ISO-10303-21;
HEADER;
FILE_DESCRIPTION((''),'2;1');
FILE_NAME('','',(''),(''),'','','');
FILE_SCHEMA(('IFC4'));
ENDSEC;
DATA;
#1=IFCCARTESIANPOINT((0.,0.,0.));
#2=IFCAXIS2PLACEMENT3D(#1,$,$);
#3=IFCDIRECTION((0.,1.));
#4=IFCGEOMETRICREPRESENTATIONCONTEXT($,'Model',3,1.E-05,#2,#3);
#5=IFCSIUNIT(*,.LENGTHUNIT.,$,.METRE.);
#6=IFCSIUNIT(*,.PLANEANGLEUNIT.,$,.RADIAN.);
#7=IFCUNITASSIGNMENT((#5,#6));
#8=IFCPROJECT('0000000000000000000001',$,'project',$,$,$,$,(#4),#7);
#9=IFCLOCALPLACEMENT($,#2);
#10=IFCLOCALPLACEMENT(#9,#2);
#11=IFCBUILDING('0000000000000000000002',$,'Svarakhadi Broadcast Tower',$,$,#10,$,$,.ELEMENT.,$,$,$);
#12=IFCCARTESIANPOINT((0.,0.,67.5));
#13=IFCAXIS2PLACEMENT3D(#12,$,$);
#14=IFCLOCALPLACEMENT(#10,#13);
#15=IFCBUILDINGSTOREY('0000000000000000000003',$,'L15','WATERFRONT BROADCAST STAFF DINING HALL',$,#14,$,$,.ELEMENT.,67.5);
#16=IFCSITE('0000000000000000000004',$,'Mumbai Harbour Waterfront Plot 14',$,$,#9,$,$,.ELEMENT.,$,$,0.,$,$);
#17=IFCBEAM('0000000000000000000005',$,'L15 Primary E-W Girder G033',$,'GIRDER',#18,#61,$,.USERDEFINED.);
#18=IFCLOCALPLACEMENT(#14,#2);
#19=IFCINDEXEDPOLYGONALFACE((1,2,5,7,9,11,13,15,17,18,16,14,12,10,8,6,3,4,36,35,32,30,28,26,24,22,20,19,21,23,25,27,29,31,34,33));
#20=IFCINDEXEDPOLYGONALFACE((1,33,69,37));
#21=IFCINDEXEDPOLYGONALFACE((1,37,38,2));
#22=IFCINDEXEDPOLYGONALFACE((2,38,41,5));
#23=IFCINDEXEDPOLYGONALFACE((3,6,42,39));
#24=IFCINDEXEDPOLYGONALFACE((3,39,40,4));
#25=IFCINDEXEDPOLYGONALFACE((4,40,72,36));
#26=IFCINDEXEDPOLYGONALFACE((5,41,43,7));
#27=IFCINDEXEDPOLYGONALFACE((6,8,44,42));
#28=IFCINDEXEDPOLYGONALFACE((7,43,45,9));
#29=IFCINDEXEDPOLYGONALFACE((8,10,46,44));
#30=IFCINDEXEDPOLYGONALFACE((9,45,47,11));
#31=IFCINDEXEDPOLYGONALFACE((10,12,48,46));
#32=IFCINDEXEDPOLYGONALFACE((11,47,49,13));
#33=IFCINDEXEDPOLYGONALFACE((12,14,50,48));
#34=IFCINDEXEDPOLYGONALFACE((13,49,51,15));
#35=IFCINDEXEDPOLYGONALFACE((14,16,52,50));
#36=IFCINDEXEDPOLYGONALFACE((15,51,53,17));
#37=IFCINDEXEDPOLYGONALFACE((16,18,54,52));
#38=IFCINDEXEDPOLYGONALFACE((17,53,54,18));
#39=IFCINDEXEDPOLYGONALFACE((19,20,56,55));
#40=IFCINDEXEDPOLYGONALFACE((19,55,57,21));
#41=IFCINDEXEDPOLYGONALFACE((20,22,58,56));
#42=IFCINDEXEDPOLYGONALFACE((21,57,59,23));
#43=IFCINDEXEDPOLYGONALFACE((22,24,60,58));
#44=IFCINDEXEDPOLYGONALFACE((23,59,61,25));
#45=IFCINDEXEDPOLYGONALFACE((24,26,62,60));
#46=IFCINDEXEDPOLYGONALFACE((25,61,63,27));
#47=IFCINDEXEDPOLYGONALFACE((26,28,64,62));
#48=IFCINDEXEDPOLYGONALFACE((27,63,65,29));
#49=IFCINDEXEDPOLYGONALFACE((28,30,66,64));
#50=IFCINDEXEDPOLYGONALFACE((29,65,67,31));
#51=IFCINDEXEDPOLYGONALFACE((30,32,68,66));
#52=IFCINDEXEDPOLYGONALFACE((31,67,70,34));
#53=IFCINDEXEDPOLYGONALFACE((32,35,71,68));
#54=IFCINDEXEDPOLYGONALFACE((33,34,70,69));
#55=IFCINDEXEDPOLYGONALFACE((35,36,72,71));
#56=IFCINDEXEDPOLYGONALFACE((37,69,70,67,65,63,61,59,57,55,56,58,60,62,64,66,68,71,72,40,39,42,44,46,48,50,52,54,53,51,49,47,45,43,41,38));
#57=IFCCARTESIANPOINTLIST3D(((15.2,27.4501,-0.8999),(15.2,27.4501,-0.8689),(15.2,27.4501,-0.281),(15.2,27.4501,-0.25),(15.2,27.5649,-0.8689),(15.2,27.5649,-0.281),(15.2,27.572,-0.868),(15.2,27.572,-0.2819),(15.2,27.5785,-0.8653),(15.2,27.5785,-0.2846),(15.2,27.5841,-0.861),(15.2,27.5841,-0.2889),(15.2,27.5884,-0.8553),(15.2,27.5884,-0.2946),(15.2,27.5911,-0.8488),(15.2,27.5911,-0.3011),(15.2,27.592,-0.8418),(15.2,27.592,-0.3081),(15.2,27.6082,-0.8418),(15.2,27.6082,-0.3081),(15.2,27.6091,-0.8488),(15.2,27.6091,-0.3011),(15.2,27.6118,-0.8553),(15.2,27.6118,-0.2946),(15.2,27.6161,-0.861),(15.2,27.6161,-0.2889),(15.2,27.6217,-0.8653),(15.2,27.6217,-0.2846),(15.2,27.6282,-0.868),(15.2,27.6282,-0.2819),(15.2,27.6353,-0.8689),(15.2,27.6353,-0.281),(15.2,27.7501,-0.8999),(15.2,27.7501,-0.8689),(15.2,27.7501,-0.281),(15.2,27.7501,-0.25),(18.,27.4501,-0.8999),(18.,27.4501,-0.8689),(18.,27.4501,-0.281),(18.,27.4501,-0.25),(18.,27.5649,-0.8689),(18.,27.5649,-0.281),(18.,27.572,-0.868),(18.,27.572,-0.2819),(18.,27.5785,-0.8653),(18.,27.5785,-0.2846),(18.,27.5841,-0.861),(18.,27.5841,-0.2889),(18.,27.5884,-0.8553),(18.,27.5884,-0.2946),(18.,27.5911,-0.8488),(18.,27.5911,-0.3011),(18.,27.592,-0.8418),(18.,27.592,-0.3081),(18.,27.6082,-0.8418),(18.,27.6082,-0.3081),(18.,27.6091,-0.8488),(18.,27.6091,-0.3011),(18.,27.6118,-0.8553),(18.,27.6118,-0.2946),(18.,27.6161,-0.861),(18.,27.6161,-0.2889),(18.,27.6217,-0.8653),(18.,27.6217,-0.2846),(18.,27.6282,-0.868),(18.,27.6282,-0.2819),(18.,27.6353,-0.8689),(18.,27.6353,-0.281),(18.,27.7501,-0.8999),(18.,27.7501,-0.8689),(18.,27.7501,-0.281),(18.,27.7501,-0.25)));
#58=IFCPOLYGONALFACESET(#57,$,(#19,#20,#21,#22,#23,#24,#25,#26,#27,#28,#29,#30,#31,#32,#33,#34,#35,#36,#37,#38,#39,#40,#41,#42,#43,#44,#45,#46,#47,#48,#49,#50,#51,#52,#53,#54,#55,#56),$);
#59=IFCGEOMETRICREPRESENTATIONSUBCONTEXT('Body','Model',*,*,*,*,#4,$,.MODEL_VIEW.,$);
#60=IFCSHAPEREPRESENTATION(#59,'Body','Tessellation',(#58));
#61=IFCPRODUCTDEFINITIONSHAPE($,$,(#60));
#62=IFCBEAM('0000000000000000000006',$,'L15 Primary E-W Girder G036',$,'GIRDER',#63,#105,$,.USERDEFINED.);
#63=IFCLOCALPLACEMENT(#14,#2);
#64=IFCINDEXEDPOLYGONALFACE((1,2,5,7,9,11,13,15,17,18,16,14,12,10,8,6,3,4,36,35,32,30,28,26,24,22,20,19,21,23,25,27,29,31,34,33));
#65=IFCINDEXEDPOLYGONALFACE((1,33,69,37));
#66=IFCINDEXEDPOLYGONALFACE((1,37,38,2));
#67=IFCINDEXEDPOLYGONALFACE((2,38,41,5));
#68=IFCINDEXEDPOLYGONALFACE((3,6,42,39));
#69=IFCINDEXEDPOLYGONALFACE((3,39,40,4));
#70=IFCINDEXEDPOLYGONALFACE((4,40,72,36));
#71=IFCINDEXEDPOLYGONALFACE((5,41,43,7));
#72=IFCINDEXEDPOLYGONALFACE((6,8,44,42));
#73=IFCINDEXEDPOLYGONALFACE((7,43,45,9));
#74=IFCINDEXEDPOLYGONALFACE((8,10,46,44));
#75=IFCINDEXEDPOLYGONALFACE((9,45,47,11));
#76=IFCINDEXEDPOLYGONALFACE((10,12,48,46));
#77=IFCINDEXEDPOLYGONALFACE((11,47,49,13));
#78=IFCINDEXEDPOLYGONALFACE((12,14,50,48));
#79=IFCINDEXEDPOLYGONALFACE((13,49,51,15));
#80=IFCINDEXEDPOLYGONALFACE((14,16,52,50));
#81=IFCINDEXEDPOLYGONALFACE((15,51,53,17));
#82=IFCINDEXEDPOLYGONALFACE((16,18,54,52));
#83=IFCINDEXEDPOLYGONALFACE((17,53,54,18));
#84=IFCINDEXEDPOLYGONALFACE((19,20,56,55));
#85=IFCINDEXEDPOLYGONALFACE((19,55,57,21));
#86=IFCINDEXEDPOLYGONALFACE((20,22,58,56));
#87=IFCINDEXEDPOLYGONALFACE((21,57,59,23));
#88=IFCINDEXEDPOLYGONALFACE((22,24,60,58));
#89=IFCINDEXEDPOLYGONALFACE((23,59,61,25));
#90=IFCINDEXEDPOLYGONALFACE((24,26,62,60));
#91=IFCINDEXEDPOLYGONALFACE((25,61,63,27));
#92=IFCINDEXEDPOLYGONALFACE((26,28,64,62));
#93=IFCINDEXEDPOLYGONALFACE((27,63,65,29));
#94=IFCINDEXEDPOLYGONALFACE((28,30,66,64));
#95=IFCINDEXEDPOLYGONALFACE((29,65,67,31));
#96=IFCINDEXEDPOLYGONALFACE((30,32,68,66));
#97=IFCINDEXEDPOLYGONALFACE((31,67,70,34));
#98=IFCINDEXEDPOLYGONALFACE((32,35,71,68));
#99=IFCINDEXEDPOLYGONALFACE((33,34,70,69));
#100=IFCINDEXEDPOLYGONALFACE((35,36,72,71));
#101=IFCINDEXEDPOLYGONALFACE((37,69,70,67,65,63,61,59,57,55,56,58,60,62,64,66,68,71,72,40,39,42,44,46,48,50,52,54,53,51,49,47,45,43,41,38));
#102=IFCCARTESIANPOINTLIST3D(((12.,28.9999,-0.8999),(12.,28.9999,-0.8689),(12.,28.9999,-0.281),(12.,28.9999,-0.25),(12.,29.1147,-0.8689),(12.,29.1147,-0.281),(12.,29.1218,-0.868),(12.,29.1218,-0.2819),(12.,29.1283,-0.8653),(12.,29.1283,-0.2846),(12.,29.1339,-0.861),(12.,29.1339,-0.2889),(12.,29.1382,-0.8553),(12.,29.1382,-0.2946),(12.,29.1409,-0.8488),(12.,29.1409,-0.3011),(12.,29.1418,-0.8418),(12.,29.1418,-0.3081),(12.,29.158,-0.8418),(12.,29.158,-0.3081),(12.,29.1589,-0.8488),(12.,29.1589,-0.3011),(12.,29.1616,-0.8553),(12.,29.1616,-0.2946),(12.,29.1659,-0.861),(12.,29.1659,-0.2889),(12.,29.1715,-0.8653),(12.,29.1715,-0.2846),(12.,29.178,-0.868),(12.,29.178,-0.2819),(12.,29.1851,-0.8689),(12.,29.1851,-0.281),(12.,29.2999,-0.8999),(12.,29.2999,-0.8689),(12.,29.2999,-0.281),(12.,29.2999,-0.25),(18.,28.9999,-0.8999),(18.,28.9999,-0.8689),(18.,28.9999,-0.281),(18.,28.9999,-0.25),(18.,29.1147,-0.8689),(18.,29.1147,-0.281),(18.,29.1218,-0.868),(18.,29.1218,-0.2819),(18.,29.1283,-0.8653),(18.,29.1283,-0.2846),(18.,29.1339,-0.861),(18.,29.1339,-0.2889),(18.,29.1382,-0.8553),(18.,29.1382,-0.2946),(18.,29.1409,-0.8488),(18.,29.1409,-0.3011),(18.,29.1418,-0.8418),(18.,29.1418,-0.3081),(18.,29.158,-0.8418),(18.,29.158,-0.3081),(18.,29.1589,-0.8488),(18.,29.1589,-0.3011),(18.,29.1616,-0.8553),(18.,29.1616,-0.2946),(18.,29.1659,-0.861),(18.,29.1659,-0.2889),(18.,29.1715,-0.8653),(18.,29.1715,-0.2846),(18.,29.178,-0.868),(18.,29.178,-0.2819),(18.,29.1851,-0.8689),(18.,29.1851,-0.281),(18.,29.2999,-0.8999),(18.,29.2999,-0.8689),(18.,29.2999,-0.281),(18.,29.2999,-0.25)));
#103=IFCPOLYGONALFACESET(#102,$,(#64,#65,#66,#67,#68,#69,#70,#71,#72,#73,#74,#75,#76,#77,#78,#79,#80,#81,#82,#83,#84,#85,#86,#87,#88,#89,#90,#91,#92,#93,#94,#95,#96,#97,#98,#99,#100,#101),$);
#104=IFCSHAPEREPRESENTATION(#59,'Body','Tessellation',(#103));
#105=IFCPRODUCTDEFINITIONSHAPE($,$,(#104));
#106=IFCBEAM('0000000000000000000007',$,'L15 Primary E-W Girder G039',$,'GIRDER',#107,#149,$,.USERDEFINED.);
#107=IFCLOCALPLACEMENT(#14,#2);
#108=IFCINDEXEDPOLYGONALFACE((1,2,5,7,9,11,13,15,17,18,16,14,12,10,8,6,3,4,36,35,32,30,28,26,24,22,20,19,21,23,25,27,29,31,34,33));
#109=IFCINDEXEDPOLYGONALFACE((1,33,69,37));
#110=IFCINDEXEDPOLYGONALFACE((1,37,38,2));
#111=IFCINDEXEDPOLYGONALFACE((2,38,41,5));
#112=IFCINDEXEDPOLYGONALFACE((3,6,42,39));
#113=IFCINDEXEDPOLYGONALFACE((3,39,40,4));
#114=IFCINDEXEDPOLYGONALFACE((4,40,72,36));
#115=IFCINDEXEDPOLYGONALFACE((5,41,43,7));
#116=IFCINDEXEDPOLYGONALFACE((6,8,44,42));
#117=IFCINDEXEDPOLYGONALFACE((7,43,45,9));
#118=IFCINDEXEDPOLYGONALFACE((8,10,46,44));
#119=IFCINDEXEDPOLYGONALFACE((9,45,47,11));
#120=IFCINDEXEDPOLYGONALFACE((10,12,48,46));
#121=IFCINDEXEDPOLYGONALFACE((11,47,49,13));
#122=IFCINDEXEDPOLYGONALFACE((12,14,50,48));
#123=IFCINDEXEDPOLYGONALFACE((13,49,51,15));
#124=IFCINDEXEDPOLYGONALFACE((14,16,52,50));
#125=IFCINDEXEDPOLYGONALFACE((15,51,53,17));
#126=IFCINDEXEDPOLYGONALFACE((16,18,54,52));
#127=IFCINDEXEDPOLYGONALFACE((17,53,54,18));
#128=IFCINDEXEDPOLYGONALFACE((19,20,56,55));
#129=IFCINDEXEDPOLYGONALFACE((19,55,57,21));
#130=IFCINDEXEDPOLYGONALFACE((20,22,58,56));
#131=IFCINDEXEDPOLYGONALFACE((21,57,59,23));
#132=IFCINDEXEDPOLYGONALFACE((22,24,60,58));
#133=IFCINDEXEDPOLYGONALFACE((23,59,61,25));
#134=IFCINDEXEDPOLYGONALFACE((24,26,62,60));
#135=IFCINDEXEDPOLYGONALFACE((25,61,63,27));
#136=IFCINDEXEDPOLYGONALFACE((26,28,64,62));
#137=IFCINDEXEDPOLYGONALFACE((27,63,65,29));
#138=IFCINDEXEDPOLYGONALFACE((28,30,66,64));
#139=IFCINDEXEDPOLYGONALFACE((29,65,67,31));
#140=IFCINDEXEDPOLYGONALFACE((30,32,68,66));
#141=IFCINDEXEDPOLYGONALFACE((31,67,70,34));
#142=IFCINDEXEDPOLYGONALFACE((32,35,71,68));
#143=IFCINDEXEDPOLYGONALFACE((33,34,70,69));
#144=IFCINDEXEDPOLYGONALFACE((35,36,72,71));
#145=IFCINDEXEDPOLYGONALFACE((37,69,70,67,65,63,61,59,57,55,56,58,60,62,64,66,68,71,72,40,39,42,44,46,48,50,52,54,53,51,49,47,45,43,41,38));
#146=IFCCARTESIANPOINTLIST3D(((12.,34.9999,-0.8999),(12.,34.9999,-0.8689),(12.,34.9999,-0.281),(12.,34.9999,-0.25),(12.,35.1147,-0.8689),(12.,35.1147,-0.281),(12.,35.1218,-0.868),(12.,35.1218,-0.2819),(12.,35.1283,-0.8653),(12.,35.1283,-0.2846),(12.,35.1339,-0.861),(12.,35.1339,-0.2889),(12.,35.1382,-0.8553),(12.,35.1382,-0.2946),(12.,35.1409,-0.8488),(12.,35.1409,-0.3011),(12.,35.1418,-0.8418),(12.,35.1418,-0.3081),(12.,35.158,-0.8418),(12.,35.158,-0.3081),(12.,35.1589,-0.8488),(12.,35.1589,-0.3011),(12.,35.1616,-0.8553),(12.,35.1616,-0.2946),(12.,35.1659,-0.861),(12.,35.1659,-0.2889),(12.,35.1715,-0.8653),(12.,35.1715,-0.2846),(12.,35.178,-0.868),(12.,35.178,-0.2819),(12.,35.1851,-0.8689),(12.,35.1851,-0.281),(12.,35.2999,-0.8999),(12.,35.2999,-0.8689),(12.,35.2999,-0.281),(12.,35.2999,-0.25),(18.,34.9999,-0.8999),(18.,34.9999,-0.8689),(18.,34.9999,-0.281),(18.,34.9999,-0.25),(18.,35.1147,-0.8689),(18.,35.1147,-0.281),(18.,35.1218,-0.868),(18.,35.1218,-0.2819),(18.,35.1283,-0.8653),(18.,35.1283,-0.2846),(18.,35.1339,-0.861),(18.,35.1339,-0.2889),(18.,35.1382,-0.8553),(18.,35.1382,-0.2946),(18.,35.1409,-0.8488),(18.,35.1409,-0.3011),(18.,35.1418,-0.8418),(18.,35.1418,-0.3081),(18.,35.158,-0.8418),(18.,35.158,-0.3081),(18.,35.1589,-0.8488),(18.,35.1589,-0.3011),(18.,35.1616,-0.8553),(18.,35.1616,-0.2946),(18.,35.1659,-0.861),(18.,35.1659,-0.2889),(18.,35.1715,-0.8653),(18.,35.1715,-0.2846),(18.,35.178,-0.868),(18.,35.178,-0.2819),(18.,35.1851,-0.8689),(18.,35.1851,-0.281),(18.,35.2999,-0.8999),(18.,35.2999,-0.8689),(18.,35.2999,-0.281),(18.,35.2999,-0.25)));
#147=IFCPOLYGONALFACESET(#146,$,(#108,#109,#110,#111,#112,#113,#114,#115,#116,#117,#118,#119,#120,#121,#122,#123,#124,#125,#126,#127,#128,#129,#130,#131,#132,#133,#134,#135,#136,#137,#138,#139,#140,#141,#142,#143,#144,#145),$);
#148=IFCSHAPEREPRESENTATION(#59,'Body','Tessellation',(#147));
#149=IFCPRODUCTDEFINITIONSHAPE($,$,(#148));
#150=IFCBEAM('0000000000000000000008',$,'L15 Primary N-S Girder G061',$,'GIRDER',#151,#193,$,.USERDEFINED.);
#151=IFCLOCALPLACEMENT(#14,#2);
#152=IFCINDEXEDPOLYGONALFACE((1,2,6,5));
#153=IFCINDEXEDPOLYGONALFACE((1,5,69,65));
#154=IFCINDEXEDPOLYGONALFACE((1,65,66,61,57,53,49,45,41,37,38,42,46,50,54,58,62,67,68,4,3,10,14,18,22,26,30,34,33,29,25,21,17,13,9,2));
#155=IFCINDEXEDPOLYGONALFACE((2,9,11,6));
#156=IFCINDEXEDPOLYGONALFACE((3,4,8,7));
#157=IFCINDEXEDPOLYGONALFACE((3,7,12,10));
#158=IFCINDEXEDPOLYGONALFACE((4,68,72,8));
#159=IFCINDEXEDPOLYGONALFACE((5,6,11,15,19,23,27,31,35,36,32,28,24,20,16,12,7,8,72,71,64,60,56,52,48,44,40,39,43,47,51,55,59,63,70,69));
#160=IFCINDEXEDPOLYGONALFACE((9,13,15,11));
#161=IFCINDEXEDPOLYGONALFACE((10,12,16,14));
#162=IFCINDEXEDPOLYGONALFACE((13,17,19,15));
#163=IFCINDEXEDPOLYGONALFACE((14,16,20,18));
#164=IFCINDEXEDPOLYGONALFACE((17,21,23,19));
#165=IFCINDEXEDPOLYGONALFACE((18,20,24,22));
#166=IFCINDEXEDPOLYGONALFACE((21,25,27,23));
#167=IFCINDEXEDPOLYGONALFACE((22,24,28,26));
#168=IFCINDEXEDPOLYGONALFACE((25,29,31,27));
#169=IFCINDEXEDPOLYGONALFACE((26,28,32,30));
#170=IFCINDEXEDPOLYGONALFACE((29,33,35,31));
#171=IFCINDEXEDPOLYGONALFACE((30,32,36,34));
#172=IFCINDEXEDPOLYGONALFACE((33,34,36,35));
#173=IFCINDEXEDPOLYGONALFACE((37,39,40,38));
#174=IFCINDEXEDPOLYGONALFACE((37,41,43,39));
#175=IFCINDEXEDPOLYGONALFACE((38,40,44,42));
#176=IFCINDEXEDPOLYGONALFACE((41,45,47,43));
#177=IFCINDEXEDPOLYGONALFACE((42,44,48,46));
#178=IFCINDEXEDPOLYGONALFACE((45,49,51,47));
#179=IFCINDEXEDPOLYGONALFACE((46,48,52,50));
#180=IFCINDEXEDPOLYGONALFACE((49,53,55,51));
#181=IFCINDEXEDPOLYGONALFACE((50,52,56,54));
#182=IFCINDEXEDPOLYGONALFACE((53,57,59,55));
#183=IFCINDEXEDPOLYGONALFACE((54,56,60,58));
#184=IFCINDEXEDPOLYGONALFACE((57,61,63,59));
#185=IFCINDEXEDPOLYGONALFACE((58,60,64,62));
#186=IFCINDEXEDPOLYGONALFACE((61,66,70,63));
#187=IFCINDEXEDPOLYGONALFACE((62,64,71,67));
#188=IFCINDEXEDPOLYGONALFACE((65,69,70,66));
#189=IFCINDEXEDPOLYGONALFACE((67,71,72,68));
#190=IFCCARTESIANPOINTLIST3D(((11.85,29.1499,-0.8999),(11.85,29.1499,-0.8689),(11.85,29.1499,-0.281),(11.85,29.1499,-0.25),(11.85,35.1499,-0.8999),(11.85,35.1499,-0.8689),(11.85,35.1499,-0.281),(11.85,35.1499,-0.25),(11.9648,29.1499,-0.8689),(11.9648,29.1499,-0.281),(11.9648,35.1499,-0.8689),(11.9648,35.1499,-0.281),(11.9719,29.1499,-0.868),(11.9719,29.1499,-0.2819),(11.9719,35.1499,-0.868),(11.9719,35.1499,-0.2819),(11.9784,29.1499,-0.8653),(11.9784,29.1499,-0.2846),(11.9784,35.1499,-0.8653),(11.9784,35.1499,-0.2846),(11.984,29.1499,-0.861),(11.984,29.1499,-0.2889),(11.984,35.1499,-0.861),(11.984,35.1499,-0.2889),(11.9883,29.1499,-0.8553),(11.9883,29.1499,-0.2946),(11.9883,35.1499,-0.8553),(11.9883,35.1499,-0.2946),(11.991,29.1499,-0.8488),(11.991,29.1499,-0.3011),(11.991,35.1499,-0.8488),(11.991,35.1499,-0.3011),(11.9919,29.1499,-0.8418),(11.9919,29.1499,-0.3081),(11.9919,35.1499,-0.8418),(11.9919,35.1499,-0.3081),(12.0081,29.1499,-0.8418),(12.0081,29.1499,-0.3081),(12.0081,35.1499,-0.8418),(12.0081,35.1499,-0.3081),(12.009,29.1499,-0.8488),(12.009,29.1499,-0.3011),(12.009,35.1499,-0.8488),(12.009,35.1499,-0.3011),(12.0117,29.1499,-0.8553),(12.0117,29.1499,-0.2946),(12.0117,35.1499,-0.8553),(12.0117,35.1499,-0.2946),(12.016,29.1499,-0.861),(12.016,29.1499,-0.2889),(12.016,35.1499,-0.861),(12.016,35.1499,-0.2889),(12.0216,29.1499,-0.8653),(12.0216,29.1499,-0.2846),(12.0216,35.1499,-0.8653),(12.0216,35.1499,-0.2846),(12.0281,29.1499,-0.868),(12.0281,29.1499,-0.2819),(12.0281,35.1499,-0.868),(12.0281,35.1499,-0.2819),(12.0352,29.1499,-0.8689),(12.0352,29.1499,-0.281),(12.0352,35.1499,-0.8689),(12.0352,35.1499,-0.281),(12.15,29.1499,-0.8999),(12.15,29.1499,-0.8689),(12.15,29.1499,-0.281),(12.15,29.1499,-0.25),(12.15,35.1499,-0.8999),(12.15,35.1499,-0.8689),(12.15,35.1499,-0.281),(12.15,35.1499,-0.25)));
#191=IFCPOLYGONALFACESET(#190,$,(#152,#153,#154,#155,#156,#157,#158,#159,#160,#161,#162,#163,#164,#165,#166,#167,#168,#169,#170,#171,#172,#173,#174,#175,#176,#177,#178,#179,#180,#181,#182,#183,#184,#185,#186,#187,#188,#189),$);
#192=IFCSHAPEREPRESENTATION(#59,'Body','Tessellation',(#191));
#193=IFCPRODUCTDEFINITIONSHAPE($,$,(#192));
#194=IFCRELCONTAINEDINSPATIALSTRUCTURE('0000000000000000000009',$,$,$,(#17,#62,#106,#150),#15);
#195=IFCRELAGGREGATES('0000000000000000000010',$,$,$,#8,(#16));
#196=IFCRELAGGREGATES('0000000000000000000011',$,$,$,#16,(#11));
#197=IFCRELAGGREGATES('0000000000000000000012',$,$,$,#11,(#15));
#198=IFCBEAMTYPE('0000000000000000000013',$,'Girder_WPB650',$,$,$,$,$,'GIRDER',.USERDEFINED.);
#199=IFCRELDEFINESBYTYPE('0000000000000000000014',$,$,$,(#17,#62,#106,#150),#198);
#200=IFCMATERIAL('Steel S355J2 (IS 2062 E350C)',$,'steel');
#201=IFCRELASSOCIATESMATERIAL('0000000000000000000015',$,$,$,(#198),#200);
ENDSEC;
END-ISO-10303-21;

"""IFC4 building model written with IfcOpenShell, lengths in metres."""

from ifc_helpers import new_model, si_unit, direction, frame, origin, origin_2d, place, context, subcontext, project, spatial, i_section, extrude, material, material_profile, profile_set, type_object, element, save


model = new_model("IFC4")

# Units and contexts
model_context = context("Model", 3, precision=1e-05, world=origin(), true_north=direction((0.0, 1.0)))
body_context = subcontext(model_context, "Body", "Model", "MODEL_VIEW")
ifc_project = project(units=[si_unit("LENGTHUNIT", "METRE"), si_unit("PLANEANGLEUNIT", "RADIAN")], contexts=[model_context])

# Site, building, storey
site_placement = place(None, origin())
site = spatial("IfcSite", under=ifc_project, at=site_placement, Name="Mumbai Harbour Waterfront Plot 14", CompositionType="ELEMENT", RefElevation=0.0)
building_placement = place(site_placement, origin())
building = spatial("IfcBuilding", under=site, at=building_placement, Name="Svarakhadi Broadcast Tower", CompositionType="ELEMENT")
storey_placement = place(building_placement, frame((0.0, 0.0, 67.5)))
storey = spatial("IfcBuildingStorey", under=building, at=storey_placement, Name="L15", Description="WATERFRONT BROADCAST STAFF DINING HALL", CompositionType="ELEMENT", Elevation=67.5)

# Beams
ifc_material_1 = material(Name="Steel S355J2 (IS 2062 E350C)", Category="steel")
ifc_material_profile_1 = material_profile(ifc_material_1, i_section(OverallWidth=0.3, OverallDepth=0.6499, WebThickness=0.0161, FlangeThickness=0.031, FilletRadius=0.0271, at=origin_2d()), Name="WPB 650x300x225")
ifc_profile_set_1 = profile_set([ifc_material_profile_1], Name="Steel S355J2 (IS 2062 E350C)")
beam_type_1 = type_object("IfcBeamType", Name="Girder_WPB650", ElementType="GIRDER", PredefinedType="USERDEFINED", material=ifc_profile_set_1)
beam_1_placement = place(storey_placement, frame((15.2, 27.6001, -0.575), z_axis=(1.0, 0.0, 0.0), x_axis=(0.0, 1.0, 0.0)))
element("IfcBeam", 1, at=beam_1_placement, inside=storey, type_object=beam_type_1, Name="L15 Primary E-W Girder G033", ObjectType="GIRDER", PredefinedType="USERDEFINED", context=body_context, shape_type="SweptSolid", body=[
    extrude(i_section(OverallWidth=0.3, OverallDepth=0.6499, WebThickness=0.0161, FlangeThickness=0.031, FilletRadius=0.0271, at=origin_2d()), origin(), (0.0, 0.0, 1.0), 2.8),
])
for number, where, z_axis, x_axis, name in (
    (2, (12.0, 29.1499, -0.575), (1.0, 0.0, 0.0), (0.0, 1.0, 0.0), "L15 Primary E-W Girder G036"),
    (3, (12.0, 35.1499, -0.575), (1.0, 0.0, 0.0), (0.0, 1.0, 0.0), "L15 Primary E-W Girder G039"),
    (4, (12.0, 29.1499, -0.575), (0.0, 1.0, 0.0), (-1.0, 0.0, 0.0), "L15 Primary N-S Girder G061"),
):
    element("IfcBeam", number, at=place(storey_placement, frame(where, z_axis=z_axis, x_axis=x_axis)), inside=storey, type_object=beam_type_1, Name=name, ObjectType="GIRDER", PredefinedType="USERDEFINED", context=body_context, shape_type="SweptSolid", body=[
        extrude(i_section(OverallWidth=0.3, OverallDepth=0.6499, WebThickness=0.0161, FlangeThickness=0.031, FilletRadius=0.0271, at=origin_2d()), origin(), (0.0, 0.0, 1.0), 6.0),
    ])

save(model, "model.ifc")
